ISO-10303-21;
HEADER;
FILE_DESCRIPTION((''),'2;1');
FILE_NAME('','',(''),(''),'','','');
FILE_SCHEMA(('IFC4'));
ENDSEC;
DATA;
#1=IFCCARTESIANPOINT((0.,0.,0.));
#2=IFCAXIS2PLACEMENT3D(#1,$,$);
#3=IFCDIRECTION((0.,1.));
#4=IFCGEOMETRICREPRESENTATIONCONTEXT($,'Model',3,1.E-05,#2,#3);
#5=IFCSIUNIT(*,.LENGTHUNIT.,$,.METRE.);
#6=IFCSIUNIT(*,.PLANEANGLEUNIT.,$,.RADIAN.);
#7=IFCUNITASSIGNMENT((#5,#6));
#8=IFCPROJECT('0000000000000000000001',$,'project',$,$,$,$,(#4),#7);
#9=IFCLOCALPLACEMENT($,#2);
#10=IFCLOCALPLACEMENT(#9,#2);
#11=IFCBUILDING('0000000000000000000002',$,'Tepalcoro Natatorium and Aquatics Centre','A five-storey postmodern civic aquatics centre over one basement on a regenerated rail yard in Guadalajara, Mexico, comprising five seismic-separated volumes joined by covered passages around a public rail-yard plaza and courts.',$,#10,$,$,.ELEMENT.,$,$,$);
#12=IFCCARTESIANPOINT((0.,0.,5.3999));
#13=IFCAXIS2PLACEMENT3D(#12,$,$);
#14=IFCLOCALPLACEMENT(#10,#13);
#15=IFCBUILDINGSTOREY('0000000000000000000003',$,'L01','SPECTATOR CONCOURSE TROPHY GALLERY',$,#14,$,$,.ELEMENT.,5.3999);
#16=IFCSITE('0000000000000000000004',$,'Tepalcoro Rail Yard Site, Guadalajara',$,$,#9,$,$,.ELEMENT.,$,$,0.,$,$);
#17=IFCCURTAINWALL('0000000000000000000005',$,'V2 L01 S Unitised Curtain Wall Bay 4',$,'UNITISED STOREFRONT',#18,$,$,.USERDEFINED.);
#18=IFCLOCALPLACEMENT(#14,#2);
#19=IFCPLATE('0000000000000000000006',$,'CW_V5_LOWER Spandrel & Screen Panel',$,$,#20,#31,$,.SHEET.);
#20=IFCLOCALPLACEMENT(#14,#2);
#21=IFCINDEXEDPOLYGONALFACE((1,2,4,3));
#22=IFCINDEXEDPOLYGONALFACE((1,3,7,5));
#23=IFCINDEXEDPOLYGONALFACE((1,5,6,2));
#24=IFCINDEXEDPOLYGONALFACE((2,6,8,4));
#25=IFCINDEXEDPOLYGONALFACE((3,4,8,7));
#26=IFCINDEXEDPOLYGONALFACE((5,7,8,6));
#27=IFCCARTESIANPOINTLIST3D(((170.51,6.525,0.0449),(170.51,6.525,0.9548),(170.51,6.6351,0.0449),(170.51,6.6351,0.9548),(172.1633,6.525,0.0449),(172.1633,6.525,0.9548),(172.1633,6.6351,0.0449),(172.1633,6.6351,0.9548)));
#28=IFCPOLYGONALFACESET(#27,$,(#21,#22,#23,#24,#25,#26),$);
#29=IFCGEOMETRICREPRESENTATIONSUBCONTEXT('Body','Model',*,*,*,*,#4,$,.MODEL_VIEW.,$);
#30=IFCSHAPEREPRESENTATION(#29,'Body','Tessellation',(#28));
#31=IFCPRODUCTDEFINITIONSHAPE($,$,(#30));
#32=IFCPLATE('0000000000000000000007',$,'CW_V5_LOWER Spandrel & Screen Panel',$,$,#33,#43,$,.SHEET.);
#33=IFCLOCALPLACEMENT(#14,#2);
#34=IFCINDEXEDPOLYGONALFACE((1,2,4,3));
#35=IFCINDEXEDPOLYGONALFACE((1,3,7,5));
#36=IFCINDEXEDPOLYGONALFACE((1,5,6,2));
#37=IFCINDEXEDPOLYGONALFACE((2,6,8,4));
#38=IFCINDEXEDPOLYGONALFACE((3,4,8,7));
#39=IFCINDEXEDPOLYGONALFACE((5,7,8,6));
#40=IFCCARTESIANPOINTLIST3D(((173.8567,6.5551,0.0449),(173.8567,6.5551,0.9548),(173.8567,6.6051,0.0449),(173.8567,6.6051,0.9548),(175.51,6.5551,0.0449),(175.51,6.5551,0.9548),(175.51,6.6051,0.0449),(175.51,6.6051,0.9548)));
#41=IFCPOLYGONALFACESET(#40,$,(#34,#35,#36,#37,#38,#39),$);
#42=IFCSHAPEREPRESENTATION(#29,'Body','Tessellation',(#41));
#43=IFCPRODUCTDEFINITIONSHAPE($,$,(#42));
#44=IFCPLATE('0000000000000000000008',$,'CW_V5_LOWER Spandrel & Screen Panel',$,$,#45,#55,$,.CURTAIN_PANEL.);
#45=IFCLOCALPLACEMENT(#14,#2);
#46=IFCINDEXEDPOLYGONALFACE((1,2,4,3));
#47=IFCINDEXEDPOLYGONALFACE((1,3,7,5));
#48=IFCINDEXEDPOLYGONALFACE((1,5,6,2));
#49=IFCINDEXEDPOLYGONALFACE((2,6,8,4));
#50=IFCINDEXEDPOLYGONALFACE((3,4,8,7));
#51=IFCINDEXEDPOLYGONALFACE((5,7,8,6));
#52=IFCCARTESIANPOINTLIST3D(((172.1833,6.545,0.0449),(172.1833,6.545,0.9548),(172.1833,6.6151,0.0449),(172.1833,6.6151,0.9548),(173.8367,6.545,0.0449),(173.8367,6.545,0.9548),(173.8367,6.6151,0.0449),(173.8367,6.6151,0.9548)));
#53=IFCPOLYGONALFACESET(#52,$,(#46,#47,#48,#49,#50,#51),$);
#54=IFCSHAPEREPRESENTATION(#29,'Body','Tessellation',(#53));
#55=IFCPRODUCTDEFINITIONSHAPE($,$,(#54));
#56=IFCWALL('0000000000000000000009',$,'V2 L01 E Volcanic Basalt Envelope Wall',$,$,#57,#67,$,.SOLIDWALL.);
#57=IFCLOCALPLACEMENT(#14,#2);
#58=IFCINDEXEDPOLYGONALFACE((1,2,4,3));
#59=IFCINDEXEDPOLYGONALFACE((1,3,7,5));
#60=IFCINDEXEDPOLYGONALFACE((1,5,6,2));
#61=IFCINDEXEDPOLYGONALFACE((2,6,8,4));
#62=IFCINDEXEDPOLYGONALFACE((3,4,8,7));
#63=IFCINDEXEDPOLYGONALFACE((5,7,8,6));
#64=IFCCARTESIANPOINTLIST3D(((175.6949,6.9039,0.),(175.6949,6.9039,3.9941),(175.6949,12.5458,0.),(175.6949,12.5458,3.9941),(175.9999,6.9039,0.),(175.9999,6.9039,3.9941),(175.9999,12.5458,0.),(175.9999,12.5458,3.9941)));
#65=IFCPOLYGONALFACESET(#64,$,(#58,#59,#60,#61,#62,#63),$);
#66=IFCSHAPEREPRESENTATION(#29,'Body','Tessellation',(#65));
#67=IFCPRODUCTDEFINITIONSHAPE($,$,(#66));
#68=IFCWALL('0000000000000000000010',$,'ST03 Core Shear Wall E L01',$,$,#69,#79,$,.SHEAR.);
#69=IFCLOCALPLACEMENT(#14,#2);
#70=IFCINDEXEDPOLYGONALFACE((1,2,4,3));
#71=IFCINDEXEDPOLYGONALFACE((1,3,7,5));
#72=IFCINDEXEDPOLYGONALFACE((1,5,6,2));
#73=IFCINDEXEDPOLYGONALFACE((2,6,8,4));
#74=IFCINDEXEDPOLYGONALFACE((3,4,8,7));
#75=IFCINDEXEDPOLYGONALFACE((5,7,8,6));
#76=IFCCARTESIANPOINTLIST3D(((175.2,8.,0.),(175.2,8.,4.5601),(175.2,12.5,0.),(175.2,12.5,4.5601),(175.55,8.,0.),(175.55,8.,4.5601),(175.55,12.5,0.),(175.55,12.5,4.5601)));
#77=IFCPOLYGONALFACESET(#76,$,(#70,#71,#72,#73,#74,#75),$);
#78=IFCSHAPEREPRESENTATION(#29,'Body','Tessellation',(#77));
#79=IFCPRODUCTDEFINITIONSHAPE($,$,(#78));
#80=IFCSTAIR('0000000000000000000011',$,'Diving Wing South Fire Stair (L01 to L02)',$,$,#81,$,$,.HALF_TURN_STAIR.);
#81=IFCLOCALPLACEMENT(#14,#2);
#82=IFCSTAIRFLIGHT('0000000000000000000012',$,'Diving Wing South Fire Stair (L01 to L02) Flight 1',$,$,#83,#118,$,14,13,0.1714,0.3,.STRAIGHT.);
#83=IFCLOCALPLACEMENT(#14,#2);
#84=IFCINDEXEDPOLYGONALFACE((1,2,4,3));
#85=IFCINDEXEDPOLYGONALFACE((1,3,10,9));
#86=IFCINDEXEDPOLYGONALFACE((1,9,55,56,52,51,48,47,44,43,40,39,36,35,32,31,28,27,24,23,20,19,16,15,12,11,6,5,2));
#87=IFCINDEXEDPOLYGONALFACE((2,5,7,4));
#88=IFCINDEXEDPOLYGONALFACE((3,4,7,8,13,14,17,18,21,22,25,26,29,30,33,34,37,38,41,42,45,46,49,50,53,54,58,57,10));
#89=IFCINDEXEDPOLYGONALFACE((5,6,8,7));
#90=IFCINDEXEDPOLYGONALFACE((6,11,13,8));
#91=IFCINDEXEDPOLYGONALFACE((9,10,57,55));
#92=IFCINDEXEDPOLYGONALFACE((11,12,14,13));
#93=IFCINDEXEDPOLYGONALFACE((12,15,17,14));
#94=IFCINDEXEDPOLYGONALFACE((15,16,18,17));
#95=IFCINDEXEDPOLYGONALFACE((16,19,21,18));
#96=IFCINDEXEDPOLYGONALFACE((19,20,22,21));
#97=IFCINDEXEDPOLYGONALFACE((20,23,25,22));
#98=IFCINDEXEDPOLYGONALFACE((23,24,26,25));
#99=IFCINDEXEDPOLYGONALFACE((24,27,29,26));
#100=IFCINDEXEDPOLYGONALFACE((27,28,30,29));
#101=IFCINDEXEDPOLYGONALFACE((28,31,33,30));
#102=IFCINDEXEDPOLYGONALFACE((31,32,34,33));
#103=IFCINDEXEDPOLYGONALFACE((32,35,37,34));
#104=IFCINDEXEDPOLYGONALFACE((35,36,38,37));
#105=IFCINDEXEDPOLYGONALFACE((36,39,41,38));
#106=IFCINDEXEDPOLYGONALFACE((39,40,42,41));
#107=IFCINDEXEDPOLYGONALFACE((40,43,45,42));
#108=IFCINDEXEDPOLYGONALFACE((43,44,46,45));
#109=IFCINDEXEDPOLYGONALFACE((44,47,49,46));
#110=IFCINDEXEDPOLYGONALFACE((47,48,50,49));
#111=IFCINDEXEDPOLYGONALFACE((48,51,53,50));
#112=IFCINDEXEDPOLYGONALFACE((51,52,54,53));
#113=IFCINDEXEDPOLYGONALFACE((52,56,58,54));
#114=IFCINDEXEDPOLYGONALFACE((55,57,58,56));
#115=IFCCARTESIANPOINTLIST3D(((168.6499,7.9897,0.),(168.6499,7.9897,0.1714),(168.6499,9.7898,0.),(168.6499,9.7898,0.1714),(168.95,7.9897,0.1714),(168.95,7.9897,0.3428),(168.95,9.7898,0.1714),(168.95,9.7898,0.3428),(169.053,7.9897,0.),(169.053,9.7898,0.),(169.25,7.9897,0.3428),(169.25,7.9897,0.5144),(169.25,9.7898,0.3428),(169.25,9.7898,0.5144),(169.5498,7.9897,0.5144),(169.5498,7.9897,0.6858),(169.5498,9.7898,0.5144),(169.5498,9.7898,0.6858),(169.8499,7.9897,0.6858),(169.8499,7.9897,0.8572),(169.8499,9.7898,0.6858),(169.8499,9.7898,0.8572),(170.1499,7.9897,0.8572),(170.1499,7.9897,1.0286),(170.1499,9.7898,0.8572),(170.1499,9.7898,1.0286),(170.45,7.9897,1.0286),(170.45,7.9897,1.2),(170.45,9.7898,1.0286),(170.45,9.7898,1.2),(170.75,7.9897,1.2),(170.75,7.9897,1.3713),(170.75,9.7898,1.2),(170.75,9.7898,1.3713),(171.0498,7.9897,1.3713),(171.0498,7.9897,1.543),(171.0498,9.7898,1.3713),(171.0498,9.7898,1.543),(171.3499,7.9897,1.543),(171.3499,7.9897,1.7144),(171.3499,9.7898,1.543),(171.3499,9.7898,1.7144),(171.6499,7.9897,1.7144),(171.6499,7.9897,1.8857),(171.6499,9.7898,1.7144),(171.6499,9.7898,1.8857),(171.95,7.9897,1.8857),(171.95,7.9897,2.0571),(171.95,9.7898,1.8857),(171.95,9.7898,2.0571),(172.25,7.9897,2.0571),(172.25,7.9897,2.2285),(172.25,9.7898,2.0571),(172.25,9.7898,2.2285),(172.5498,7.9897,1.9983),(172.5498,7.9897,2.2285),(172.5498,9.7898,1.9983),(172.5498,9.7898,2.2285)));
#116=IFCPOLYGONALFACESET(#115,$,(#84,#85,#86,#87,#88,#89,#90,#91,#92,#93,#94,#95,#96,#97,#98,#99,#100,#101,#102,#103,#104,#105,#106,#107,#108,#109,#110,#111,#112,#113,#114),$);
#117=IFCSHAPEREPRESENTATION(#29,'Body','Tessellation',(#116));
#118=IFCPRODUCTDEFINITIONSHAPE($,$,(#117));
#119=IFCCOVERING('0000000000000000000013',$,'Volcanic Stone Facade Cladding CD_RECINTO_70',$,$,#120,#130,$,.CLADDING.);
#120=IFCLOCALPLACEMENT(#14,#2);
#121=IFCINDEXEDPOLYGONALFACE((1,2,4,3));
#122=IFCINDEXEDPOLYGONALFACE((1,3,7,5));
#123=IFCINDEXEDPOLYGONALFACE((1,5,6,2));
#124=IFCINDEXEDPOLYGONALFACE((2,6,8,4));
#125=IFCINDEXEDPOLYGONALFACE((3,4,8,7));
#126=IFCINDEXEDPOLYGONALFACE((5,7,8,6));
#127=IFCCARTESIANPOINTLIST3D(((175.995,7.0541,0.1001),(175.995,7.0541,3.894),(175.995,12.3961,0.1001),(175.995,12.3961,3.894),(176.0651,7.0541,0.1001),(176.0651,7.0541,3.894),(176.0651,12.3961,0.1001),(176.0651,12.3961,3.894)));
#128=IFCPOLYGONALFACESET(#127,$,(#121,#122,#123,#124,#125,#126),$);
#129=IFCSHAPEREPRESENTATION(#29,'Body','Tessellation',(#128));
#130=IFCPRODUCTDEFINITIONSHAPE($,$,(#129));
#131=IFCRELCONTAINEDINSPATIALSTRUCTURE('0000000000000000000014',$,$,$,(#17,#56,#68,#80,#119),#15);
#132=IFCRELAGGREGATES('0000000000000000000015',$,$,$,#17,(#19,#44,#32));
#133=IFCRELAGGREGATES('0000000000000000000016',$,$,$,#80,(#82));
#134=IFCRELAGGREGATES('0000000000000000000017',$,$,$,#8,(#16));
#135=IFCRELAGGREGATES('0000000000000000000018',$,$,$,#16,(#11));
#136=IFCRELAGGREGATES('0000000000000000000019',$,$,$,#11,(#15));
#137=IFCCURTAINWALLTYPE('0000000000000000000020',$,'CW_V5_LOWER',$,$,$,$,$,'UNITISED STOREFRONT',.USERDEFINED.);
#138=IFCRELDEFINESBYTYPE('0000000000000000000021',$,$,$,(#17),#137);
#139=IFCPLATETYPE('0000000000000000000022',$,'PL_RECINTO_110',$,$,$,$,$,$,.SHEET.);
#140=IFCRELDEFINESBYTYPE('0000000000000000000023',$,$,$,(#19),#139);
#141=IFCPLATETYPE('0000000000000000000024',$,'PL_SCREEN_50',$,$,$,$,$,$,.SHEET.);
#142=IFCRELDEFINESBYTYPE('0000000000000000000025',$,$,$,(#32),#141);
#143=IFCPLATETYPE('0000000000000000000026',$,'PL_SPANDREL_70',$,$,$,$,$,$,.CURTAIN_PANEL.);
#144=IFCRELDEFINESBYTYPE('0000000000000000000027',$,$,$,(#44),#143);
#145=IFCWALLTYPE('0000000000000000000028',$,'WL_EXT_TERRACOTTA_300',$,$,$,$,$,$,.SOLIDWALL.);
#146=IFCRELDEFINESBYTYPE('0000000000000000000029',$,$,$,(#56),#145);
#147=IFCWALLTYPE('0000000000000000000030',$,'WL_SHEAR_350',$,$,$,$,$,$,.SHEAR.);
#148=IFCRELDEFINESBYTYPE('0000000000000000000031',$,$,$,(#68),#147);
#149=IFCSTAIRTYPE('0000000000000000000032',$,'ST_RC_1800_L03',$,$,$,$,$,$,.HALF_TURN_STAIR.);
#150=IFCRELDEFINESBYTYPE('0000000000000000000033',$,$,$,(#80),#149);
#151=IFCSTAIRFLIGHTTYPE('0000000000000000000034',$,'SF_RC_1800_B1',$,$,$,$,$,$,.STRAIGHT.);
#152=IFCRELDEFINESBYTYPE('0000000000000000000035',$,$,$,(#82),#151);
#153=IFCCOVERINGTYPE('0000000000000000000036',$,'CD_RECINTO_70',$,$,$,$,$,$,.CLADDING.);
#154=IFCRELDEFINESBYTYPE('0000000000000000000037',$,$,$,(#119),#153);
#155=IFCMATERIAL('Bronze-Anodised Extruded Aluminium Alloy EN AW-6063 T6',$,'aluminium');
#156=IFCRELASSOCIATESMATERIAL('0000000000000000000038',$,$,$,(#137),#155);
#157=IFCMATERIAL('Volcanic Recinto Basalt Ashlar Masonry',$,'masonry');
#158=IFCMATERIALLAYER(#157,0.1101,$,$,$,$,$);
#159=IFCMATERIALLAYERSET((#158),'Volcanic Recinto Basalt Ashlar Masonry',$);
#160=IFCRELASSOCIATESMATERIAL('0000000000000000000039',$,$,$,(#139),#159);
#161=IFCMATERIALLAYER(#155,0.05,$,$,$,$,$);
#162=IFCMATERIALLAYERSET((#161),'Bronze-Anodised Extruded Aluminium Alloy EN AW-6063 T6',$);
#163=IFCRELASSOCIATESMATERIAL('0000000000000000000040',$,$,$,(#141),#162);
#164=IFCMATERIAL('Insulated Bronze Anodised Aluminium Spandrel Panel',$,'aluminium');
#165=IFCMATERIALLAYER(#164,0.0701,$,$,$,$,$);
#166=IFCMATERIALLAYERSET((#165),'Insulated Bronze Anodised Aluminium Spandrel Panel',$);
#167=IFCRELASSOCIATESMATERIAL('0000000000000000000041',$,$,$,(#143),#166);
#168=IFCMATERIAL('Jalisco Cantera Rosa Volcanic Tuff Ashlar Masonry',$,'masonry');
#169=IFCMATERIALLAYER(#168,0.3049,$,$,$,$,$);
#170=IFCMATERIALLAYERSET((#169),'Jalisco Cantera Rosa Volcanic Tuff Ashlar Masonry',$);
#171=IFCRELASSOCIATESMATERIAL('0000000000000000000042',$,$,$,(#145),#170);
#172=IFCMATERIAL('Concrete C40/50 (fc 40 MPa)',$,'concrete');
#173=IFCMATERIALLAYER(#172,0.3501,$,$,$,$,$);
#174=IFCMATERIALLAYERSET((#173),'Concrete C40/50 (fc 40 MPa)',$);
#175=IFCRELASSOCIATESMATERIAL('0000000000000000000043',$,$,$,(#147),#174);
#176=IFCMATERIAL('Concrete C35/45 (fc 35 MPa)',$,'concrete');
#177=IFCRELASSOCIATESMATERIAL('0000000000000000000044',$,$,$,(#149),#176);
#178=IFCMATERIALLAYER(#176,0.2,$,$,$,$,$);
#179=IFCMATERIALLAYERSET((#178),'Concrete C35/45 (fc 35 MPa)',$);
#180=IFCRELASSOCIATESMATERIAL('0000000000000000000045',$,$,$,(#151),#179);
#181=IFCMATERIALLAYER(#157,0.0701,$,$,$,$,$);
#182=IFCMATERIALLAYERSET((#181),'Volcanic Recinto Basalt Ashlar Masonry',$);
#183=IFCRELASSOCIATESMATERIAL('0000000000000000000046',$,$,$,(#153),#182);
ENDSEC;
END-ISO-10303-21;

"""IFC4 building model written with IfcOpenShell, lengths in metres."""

from ifc_helpers import new_model, si_unit, direction, frame, frame_2d, origin, origin_2d, place, context, subcontext, project, spatial, polyline, rectangle, outline, extrude, material, layer, layer_set, type_object, element, aggregate, save


model = new_model("IFC4")

# Units and contexts
model_context = context("Model", 3, precision=1e-05, world=origin(), true_north=direction((0.0, 1.0)))
body_context = subcontext(model_context, "Body", "Model", "MODEL_VIEW")
ifc_project = project(units=[si_unit("LENGTHUNIT", "METRE"), si_unit("PLANEANGLEUNIT", "RADIAN")], contexts=[model_context])

# Site, building, storey
site_placement = place(None, origin())
site = spatial("IfcSite", under=ifc_project, at=site_placement, Name="Tepalcoro Rail Yard Site, Guadalajara", CompositionType="ELEMENT", RefElevation=0.0)
building_placement = place(site_placement, origin())
building = spatial("IfcBuilding", under=site, at=building_placement, Name="Tepalcoro Natatorium and Aquatics Centre", Description="A five-storey postmodern civic aquatics centre over one basement on a regenerated rail yard in Guadalajara, Mexico, comprising five seismic-separated volumes joined by covered passages around a public rail-yard plaza and courts.", CompositionType="ELEMENT")
storey_placement = place(building_placement, frame((0.0, 0.0, 5.3999)))
storey = spatial("IfcBuildingStorey", under=building, at=storey_placement, Name="L01", Description="SPECTATOR CONCOURSE TROPHY GALLERY", CompositionType="ELEMENT", Elevation=5.3999)

# Shared definitions
ifc_material_1 = material(Name="Concrete C40/50 (fc 40 MPa)", Category="concrete")

# Curtain wall
ifc_material_2 = material(Name="Bronze-Anodised Extruded Aluminium Alloy EN AW-6063 T6", Category="aluminium")
curtain_wall_type = type_object("IfcCurtainWallType", Name="CW_V5_LOWER", ElementType="UNITISED STOREFRONT", PredefinedType="USERDEFINED", material=ifc_material_2)
curtain_wall_placement = place(storey_placement, origin())
curtain_wall = element("IfcCurtainWall", 1, at=curtain_wall_placement, inside=storey, type_object=curtain_wall_type, Name="V2 L01 S Unitised Curtain Wall Bay 4", ObjectType="UNITISED STOREFRONT", PredefinedType="USERDEFINED")

# Plates
ifc_material_3 = material(Name="Jalisco Cantera Rosa Volcanic Tuff Ashlar Masonry", Category="masonry")
ifc_material_4 = material(Name="Volcanic Recinto Basalt Ashlar Masonry", Category="masonry")
ifc_layer_1 = layer(ifc_material_4, 0.1101)
ifc_layer_set_1 = layer_set([ifc_layer_1], Name="Volcanic Recinto Basalt Ashlar Masonry")
plate_type_1 = type_object("IfcPlateType", Name="PL_RECINTO_110", PredefinedType="SHEET", material=ifc_layer_set_1)
plate_1_placement = place(storey_placement, frame((171.3367, 6.5801, 0.0449), z_axis=(0.0, 0.0, 1.0), x_axis=(1.0, 0.0, 0.0)))
plate_1 = element("IfcPlate", 2, at=plate_1_placement, type_object=plate_type_1, Name="CW_V5_LOWER Spandrel & Screen Panel", PredefinedType="SHEET", context=body_context, shape_type="SweptSolid", body=[
    extrude(rectangle(XDim=1.6533, YDim=0.1101, at=origin_2d()), origin(), (0.0, 0.0, 1.0), 0.9099),
])
ifc_layer_2 = layer(ifc_material_2, 0.05)
ifc_layer_set_2 = layer_set([ifc_layer_2], Name="Bronze-Anodised Extruded Aluminium Alloy EN AW-6063 T6")
plate_type_2 = type_object("IfcPlateType", Name="PL_SCREEN_50", PredefinedType="SHEET", material=ifc_layer_set_2)
plate_2_placement = place(storey_placement, frame((174.6833, 6.5801, 0.0449), z_axis=(0.0, 0.0, 1.0), x_axis=(1.0, 0.0, 0.0)))
plate_2 = element("IfcPlate", 3, at=plate_2_placement, type_object=plate_type_2, Name="CW_V5_LOWER Spandrel & Screen Panel", PredefinedType="SHEET", context=body_context, shape_type="SweptSolid", body=[
    extrude(rectangle(XDim=1.6533, YDim=0.05, at=origin_2d()), origin(), (0.0, 0.0, 1.0), 0.9099),
])
ifc_material_5 = material(Name="Insulated Bronze Anodised Aluminium Spandrel Panel", Category="aluminium")
ifc_layer_3 = layer(ifc_material_5, 0.0701)
ifc_layer_set_3 = layer_set([ifc_layer_3], Name="Insulated Bronze Anodised Aluminium Spandrel Panel")
plate_type_3 = type_object("IfcPlateType", Name="PL_SPANDREL_70", PredefinedType="CURTAIN_PANEL", material=ifc_layer_set_3)
plate_3_placement = place(storey_placement, frame((173.01, 6.5801, 0.0449), z_axis=(0.0, 0.0, 1.0), x_axis=(1.0, 0.0, 0.0)))
plate_3 = element("IfcPlate", 4, at=plate_3_placement, type_object=plate_type_3, Name="CW_V5_LOWER Spandrel & Screen Panel", PredefinedType="CURTAIN_PANEL", context=body_context, shape_type="SweptSolid", body=[
    extrude(rectangle(XDim=1.6533, YDim=0.0701, at=origin_2d()), origin(), (0.0, 0.0, 1.0), 0.9099),
])
aggregate(curtain_wall, [plate_1, plate_3, plate_2])

# Walls
ifc_layer_4 = layer(ifc_material_3, 0.3049)
ifc_layer_set_4 = layer_set([ifc_layer_4], Name="Jalisco Cantera Rosa Volcanic Tuff Ashlar Masonry")
wall_type_1 = type_object("IfcWallType", Name="WL_EXT_TERRACOTTA_300", PredefinedType="SOLIDWALL", material=ifc_layer_set_4)
wall_1_placement = place(storey_placement, frame((175.8474, 6.9041, 0.0), z_axis=(0.0, 0.0, 1.0), x_axis=(0.0, 1.0, 0.0)))
element("IfcWall", 5, at=wall_1_placement, inside=storey, type_object=wall_type_1, Name="V2 L01 E Volcanic Basalt Envelope Wall", PredefinedType="SOLIDWALL", context=body_context, shape_type="SweptSolid", body=[
    extrude(rectangle(XDim=5.6418, YDim=0.3049, at=frame_2d((2.8208, 0.0))), origin(), (0.0, 0.0, 1.0), 3.9941),
])
ifc_layer_5 = layer(ifc_material_1, 0.3501)
ifc_layer_set_5 = layer_set([ifc_layer_5], Name="Concrete C40/50 (fc 40 MPa)")
wall_type_2 = type_object("IfcWallType", Name="WL_SHEAR_350", PredefinedType="SHEAR", material=ifc_layer_set_5)
wall_2_placement = place(storey_placement, frame((175.375, 8.0, 0.0), z_axis=(0.0, 0.0, 1.0), x_axis=(0.0, 1.0, 0.0)))
element("IfcWall", 6, at=wall_2_placement, inside=storey, type_object=wall_type_2, Name="ST03 Core Shear Wall E L01", PredefinedType="SHEAR", context=body_context, shape_type="SweptSolid", body=[
    extrude(rectangle(XDim=4.5, YDim=0.3501, at=frame_2d((2.25, 0.0))), origin(), (0.0, 0.0, 1.0), 4.5601),
])

# Stair, stair flight
ifc_material_6 = material(Name="Concrete C35/45 (fc 35 MPa)", Category="concrete")
stair_type = type_object("IfcStairType", Name="ST_RC_1800_L03", PredefinedType="HALF_TURN_STAIR", material=ifc_material_6)
stair_placement = place(storey_placement, origin())
stair = element("IfcStair", 7, at=stair_placement, inside=storey, type_object=stair_type, Name="Diving Wing South Fire Stair (L01 to L02)", PredefinedType="HALF_TURN_STAIR")
ifc_layer_6 = layer(ifc_material_6, 0.2)
ifc_layer_set_6 = layer_set([ifc_layer_6], Name="Concrete C35/45 (fc 35 MPa)")
stair_flight_type = type_object("IfcStairFlightType", Name="SF_RC_1800_B1", PredefinedType="STRAIGHT", material=ifc_layer_set_6)
stair_flight_placement = place(storey_placement, frame((168.6499, 8.8899, 0.0), z_axis=(0.0, 0.0, 1.0), x_axis=(1.0, 0.0, 0.0)))
stair_flight = element("IfcStairFlight", 8, at=stair_flight_placement, type_object=stair_flight_type, Name="Diving Wing South Fire Stair (L01 to L02) Flight 1", NumberOfRisers=14, NumberOfTreads=13, PredefinedType="STRAIGHT", RiserHeight=0.1714, TreadLength=0.3, context=body_context, shape_type="SweptSolid", body=[
    extrude(outline(polyline([(0.0, 0.0), (0.0, 0.1714), (0.3, 0.1714), (0.3, 0.3428), (0.6001, 0.3428), (0.6001, 0.5144), (0.8999, 0.5144), (0.8999, 0.6858), (1.2, 0.6858), (1.2, 0.8572), (1.5, 0.8572), (1.5, 1.0286), (1.8, 1.0286), (1.8, 1.2), (2.1001, 1.2), (2.1001, 1.3713), (2.3999, 1.3713), (2.3999, 1.543), (2.7, 1.543), (2.7, 1.7144), (3.0, 1.7144), (3.0, 1.8857), (3.3, 1.8857), (3.3, 2.0571), (3.6001, 2.0571), (3.6001, 2.2285), (3.8999, 2.2285), (3.8999, 2.3999), (3.8999, 1.9983), (0.4031, 0.0), (0.0, 0.0)])), frame((0.0, 0.8999, 0.0), z_axis=(0.0, -1.0, 0.0), x_axis=(1.0, 0.0, 0.0)), (0.0, 0.0, 1.0), 1.8),
])
aggregate(stair, [stair_flight])

# Covering
ifc_layer_7 = layer(ifc_material_4, 0.0701)
ifc_layer_set_7 = layer_set([ifc_layer_7], Name="Volcanic Recinto Basalt Ashlar Masonry")
covering_type = type_object("IfcCoveringType", Name="CD_RECINTO_70", PredefinedType="CLADDING", material=ifc_layer_set_7)
covering_placement = place(storey_placement, frame((176.03, 9.7251, 0.1001), z_axis=(0.0, 0.0, 1.0), x_axis=(1.0, 0.0, 0.0)))
element("IfcCovering", 9, at=covering_placement, inside=storey, type_object=covering_type, Name="Volcanic Stone Facade Cladding CD_RECINTO_70", PredefinedType="CLADDING", context=body_context, shape_type="SweptSolid", body=[
    extrude(rectangle(XDim=0.0701, YDim=5.342, at=origin_2d()), origin(), (0.0, 0.0, 1.0), 3.7939),
])

save(model, "model.ifc")
